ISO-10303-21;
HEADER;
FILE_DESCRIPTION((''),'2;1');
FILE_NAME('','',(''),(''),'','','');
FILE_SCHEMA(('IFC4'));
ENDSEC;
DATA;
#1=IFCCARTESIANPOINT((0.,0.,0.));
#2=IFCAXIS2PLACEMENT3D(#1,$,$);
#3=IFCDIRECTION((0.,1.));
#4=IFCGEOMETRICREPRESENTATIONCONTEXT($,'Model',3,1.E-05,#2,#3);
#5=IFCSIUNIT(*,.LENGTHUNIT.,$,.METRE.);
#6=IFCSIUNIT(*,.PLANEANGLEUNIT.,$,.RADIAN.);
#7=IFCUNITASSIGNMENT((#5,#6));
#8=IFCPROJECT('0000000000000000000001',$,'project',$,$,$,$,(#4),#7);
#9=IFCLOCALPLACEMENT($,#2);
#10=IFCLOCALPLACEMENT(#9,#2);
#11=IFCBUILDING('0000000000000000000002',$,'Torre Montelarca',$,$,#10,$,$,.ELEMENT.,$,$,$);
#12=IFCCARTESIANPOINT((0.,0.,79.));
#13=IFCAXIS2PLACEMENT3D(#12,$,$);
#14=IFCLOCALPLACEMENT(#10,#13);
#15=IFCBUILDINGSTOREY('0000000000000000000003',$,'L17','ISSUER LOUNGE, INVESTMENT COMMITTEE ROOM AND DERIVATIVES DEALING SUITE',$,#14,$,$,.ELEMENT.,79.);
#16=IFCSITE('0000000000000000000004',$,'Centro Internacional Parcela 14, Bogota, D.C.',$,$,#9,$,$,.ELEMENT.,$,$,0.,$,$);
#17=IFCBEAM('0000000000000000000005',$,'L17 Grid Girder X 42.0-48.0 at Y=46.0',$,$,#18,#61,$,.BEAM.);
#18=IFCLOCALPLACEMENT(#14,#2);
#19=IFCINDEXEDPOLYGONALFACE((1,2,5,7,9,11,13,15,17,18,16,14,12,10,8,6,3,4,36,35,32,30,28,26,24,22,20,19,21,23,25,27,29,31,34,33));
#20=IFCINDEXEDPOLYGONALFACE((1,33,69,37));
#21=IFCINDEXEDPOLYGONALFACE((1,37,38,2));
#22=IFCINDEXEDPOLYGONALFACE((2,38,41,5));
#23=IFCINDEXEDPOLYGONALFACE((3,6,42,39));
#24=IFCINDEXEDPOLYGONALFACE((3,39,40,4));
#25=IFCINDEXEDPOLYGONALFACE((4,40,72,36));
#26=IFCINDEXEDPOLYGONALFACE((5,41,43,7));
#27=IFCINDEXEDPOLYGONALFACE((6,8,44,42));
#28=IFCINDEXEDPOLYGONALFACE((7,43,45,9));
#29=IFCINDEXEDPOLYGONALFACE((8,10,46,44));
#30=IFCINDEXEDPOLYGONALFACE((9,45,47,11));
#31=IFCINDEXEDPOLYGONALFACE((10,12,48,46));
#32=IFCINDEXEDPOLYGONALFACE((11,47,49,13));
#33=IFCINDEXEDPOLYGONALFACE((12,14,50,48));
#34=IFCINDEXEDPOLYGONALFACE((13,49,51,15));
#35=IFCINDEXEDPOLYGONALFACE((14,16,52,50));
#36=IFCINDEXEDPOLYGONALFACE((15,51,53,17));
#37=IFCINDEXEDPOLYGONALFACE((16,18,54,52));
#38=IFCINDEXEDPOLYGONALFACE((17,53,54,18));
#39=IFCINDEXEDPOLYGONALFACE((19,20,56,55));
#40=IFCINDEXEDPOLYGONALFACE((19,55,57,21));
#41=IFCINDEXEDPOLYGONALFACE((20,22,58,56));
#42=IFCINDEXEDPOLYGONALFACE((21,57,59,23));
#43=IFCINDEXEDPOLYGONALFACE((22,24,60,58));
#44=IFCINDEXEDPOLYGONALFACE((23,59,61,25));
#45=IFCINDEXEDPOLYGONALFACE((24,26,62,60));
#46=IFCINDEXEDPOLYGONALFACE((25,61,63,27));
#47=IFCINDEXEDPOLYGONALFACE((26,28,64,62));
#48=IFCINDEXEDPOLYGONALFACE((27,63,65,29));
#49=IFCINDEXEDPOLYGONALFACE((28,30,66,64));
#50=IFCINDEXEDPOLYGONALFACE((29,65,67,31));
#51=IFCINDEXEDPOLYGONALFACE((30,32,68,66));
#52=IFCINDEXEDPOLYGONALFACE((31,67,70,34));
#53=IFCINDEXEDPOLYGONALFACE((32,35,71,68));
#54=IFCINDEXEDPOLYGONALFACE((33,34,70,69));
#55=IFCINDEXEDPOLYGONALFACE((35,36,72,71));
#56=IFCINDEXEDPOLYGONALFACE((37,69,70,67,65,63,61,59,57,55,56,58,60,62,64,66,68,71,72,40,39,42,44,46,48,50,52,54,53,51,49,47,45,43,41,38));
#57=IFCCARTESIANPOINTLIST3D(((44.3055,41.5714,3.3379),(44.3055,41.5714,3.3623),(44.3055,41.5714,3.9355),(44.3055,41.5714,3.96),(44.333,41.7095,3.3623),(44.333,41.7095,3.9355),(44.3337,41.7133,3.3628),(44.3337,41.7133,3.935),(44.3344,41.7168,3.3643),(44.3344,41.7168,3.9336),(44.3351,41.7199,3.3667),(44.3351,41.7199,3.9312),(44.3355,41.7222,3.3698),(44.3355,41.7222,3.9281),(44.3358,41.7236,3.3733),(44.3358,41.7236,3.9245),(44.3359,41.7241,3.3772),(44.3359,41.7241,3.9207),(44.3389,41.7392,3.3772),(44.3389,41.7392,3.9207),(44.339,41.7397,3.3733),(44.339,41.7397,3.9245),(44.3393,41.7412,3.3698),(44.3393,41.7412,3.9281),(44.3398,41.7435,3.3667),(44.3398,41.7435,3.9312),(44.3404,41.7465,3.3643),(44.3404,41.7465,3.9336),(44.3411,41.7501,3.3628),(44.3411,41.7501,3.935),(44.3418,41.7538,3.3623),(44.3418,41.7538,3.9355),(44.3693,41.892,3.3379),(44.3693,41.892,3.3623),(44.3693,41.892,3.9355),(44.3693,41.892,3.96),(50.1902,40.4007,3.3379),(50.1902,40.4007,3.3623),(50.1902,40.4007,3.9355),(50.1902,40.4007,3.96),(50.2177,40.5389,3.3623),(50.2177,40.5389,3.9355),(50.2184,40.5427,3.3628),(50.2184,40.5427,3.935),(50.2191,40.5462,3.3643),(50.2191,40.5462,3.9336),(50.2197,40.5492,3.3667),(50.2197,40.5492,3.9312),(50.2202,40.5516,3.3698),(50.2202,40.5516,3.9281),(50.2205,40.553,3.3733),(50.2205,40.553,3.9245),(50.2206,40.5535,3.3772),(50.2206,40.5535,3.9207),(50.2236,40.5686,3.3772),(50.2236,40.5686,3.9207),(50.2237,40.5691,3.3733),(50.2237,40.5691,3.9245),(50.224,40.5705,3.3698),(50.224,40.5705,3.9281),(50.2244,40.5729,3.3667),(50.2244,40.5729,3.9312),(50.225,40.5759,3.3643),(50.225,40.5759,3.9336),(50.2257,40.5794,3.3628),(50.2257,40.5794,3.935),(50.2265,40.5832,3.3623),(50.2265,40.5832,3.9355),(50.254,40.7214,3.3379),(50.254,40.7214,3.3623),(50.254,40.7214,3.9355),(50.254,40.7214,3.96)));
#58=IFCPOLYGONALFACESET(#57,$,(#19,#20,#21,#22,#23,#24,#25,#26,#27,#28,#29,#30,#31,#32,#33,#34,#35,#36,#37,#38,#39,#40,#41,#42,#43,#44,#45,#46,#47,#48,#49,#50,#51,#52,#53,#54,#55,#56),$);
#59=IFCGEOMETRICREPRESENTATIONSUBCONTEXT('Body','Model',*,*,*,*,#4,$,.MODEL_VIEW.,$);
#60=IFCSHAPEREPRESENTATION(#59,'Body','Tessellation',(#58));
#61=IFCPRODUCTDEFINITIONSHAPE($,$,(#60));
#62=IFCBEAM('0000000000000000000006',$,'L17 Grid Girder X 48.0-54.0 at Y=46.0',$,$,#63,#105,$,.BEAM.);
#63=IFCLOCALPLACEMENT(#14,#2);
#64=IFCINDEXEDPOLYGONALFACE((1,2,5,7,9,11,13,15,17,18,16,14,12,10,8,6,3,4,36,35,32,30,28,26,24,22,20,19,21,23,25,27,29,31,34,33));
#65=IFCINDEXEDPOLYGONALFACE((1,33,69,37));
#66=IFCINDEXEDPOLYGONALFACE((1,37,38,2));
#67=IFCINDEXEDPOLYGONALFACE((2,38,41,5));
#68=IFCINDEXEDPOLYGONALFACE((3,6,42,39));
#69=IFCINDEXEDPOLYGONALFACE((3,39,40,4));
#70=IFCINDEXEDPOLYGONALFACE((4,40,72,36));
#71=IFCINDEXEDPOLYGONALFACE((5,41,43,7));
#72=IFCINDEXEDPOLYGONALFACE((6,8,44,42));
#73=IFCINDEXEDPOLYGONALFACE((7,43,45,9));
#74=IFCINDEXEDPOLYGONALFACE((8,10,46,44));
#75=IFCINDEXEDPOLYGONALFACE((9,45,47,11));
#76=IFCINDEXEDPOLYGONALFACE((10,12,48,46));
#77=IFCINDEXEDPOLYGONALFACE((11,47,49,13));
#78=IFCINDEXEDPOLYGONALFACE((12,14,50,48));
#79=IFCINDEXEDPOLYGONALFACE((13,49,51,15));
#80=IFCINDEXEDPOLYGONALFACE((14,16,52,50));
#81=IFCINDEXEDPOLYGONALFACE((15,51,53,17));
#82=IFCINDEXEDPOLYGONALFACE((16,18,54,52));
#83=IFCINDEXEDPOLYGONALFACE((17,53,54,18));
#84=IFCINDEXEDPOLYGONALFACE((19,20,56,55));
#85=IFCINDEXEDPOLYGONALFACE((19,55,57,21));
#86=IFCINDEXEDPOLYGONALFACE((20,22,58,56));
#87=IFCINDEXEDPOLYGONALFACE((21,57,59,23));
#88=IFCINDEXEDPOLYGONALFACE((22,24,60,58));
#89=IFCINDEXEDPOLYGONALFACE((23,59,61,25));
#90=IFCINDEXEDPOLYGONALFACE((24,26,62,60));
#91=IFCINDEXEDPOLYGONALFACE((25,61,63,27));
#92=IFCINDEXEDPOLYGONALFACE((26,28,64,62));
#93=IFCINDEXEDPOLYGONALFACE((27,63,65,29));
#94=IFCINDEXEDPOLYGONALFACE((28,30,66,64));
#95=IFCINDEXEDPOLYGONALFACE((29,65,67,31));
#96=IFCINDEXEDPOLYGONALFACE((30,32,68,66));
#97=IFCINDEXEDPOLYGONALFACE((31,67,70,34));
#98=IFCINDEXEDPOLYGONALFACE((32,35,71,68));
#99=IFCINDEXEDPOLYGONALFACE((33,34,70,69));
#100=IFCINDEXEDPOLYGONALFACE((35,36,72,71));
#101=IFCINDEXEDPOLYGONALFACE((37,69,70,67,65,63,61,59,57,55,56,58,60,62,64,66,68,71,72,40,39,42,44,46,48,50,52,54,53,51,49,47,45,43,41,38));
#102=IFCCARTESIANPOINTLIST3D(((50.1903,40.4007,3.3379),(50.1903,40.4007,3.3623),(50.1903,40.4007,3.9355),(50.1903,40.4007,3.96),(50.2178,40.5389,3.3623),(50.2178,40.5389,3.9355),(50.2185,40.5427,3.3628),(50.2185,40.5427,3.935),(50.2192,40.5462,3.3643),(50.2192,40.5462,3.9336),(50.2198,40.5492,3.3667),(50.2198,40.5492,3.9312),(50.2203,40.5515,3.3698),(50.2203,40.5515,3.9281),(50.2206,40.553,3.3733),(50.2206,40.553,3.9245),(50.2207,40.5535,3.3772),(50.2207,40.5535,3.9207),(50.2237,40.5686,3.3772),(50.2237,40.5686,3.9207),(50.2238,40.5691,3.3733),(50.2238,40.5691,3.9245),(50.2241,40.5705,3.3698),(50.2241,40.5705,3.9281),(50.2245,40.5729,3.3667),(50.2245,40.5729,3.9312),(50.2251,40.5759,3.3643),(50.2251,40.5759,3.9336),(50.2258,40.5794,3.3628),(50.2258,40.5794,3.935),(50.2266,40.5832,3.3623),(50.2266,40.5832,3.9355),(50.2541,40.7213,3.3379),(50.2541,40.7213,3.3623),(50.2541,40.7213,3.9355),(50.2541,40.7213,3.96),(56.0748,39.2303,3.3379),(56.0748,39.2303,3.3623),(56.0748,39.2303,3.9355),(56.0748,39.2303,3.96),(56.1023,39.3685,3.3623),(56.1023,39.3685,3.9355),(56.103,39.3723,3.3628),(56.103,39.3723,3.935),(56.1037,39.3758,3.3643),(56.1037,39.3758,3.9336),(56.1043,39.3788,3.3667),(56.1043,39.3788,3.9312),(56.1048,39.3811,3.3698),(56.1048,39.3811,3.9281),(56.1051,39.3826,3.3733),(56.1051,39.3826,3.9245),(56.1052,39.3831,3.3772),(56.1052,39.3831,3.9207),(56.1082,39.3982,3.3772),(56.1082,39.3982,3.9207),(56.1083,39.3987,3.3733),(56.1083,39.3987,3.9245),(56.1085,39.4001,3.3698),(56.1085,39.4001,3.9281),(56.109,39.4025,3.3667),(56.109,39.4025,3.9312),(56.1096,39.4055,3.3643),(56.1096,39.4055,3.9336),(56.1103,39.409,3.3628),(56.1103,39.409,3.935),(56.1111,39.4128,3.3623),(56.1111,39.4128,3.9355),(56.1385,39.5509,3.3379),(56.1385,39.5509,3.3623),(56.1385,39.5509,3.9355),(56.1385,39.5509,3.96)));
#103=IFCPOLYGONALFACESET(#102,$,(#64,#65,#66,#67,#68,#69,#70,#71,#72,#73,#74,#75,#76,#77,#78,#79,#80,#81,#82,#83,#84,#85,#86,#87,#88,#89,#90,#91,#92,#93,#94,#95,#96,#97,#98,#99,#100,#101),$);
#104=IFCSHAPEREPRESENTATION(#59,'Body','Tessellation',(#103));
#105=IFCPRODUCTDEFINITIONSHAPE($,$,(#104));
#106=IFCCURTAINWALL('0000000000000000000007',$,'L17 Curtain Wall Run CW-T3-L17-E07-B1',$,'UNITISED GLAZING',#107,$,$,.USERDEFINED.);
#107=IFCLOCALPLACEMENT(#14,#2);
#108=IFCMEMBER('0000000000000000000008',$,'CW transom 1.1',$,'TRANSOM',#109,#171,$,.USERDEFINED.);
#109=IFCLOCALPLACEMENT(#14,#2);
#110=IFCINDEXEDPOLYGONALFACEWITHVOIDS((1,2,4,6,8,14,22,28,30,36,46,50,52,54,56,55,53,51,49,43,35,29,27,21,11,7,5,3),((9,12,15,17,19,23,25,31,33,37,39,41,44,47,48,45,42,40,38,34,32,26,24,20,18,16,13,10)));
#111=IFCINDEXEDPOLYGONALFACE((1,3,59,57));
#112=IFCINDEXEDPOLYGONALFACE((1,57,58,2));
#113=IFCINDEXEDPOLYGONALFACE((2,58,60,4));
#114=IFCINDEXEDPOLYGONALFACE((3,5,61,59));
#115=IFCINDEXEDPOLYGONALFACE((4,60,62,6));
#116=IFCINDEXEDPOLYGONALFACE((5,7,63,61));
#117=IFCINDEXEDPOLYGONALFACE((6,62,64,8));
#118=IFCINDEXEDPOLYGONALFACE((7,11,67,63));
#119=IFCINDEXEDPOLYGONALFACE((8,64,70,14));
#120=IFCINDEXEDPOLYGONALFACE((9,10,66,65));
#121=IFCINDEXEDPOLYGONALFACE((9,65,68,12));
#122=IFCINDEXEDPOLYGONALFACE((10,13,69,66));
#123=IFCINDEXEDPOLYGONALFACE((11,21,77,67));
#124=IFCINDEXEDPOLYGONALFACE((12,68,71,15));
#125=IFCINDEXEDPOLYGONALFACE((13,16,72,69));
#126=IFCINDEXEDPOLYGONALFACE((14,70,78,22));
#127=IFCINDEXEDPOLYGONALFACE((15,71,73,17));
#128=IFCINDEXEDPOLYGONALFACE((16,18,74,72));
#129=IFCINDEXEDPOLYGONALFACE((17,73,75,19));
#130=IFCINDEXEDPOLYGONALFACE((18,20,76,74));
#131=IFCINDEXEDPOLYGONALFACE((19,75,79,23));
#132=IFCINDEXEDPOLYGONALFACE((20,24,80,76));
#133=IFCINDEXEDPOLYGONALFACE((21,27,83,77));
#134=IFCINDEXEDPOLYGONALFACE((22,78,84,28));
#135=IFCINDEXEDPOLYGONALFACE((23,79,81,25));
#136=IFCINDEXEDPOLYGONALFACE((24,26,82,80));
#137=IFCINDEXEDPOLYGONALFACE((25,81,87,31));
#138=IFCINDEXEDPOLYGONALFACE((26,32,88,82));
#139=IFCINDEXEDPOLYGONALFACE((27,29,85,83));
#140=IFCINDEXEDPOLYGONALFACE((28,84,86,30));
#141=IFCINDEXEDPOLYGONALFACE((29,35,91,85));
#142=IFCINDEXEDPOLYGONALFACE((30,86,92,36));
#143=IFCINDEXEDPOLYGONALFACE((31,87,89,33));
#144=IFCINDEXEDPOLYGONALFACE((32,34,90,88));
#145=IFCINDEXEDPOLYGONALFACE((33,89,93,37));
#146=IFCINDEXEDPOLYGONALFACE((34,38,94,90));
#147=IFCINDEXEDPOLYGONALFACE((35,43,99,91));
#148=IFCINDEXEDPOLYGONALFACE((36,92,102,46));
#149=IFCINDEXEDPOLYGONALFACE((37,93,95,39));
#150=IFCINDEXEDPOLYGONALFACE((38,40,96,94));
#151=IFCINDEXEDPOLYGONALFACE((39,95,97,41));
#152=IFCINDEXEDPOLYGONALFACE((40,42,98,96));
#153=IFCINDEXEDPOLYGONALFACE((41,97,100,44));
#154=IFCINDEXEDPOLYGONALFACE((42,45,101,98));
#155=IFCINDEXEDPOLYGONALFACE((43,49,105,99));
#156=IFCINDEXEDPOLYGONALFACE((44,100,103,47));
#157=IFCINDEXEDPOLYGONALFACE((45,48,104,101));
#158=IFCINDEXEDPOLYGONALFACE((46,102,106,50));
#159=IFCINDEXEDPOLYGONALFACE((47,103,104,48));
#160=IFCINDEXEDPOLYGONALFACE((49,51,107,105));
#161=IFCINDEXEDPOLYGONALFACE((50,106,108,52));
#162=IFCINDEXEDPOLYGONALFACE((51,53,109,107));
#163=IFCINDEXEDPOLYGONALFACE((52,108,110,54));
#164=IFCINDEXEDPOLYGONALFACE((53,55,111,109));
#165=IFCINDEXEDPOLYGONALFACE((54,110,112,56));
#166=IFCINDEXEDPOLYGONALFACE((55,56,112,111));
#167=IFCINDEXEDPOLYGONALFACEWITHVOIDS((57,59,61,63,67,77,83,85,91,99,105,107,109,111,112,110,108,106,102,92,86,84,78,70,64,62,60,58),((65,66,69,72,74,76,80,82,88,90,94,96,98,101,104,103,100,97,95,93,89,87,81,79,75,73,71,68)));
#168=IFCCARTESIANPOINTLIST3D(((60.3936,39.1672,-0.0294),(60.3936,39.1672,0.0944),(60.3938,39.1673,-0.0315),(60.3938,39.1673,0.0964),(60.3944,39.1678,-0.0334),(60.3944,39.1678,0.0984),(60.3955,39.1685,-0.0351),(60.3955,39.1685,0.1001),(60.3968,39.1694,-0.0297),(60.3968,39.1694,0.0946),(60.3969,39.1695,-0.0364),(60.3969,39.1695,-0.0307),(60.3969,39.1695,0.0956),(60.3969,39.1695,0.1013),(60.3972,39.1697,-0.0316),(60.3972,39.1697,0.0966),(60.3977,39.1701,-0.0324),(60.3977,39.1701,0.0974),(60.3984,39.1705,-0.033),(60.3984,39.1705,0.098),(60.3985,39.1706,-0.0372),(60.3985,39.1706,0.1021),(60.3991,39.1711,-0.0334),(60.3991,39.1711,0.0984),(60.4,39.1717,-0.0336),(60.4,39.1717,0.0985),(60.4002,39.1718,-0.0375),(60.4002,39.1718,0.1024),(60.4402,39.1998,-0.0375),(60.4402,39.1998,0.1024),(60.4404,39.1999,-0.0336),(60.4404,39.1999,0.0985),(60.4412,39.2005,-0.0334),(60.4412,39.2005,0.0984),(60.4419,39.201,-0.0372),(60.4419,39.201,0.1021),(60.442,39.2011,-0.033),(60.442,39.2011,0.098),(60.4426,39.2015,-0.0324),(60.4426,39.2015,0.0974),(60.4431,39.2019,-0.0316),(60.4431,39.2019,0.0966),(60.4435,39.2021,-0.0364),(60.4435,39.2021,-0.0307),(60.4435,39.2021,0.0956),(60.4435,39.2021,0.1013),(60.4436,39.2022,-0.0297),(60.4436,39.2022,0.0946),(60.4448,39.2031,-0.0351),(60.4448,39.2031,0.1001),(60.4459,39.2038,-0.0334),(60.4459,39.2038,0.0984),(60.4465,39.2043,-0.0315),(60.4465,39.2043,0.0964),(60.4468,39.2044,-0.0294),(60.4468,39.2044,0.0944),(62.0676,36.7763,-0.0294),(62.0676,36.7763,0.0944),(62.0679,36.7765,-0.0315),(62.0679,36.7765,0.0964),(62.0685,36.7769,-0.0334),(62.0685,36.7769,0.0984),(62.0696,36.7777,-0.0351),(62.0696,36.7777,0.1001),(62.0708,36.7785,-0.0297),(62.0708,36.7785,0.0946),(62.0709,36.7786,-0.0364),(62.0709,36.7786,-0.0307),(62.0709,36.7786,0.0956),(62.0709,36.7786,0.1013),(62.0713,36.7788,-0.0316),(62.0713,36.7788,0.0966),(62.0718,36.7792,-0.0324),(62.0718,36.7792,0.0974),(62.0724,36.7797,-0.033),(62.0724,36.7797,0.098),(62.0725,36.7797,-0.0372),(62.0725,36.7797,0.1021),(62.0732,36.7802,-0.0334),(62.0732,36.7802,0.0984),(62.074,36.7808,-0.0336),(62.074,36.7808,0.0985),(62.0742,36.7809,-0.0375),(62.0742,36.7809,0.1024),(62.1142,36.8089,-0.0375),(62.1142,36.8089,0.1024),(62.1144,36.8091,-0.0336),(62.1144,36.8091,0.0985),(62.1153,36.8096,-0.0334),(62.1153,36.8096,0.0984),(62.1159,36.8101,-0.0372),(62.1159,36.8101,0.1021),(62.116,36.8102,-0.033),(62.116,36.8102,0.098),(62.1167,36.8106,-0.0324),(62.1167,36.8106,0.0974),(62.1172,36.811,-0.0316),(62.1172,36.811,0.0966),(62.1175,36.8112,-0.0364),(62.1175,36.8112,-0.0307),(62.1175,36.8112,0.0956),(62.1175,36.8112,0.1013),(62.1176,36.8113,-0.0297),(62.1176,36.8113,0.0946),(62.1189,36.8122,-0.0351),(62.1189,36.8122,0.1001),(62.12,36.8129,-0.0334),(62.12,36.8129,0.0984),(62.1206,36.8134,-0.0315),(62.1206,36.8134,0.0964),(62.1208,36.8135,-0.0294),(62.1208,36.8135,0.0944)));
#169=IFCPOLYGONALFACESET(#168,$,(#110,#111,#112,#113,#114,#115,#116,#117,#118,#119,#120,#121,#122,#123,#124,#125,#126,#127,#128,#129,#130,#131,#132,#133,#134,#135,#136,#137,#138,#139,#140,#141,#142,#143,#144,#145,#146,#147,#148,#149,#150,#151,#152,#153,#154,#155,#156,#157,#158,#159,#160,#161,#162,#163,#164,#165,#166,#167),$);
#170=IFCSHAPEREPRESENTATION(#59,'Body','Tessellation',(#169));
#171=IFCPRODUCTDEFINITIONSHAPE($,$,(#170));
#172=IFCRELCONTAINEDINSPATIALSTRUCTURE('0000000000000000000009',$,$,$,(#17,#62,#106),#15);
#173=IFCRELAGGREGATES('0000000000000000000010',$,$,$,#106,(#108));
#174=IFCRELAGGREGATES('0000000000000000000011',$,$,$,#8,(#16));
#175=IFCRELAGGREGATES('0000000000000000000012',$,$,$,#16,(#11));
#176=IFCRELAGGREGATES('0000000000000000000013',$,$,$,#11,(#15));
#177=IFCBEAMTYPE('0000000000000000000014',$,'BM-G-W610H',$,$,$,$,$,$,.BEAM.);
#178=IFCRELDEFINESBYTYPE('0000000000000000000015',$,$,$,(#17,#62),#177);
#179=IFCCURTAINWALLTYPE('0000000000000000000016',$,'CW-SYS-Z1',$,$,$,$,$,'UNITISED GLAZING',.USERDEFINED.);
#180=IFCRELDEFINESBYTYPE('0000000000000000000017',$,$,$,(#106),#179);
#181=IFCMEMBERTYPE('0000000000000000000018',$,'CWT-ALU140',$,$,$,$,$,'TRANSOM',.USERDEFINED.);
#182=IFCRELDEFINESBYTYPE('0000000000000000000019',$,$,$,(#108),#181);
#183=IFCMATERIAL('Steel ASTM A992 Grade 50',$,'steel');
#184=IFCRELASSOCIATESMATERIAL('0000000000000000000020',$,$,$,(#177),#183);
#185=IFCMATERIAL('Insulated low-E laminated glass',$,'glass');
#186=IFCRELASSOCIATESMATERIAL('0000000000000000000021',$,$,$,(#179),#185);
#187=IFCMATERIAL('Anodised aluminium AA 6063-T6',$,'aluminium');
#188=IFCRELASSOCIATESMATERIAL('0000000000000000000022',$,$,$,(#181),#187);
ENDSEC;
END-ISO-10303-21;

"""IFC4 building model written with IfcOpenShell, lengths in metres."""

from ifc_helpers import new_model, si_unit, direction, frame, origin, origin_2d, place, context, subcontext, project, spatial, hollow_rectangle, i_section, extrude, source, transform, mapped, material, material_profile, profile_set, type_object, element, aggregate, save


model = new_model("IFC4")

# Units and contexts
model_context = context("Model", 3, precision=1e-05, world=origin(), true_north=direction((0.0, 1.0)))
body_context = subcontext(model_context, "Body", "Model", "MODEL_VIEW")
ifc_project = project(units=[si_unit("LENGTHUNIT", "METRE"), si_unit("PLANEANGLEUNIT", "RADIAN")], contexts=[model_context])

# Site, building, storey
site_placement = place(None, origin())
site = spatial("IfcSite", under=ifc_project, at=site_placement, Name="Centro Internacional Parcela 14, Bogota, D.C.", CompositionType="ELEMENT", RefElevation=0.0)
building_placement = place(site_placement, origin())
building = spatial("IfcBuilding", under=site, at=building_placement, Name="Torre Montelarca", CompositionType="ELEMENT")
storey_placement = place(building_placement, frame((0.0, 0.0, 79.0)))
storey = spatial("IfcBuildingStorey", under=building, at=storey_placement, Name="L17", Description="ISSUER LOUNGE, INVESTMENT COMMITTEE ROOM AND DERIVATIVES DEALING SUITE", CompositionType="ELEMENT", Elevation=79.0)

# Shared definitions
ifc_material_1 = material(Name="Steel ASTM A992 Grade 50", Category="steel")

# Beams
ifc_material_profile_1 = material_profile(ifc_material_1, i_section(OverallWidth=0.3269, OverallDepth=0.6221, WebThickness=0.0154, FlangeThickness=0.0244, FilletRadius=0.0149, at=origin_2d()), Name="W610X195", Category="steel")
ifc_profile_set_1 = profile_set([ifc_material_profile_1], Name="Steel ASTM A992 Grade 50")
beam_type = type_object("IfcBeamType", Name="BM-G-W610H", PredefinedType="BEAM", material=ifc_profile_set_1)
shared_shape_1 = source(origin(), body_context, "Body", "SweptSolid", [
    extrude(i_section(OverallWidth=0.3269, OverallDepth=0.6221, WebThickness=0.0154, FlangeThickness=0.0244, FilletRadius=0.0149, at=origin_2d()), origin(), (0.0, 0.0, 1.0), 6.0),
])
beam_1_placement = place(storey_placement, frame((44.3374, 41.7317, 3.6489), z_axis=(0.980782, -0.195107, 0.0), x_axis=(0.195107, 0.980782, 0.0)))
element("IfcBeam", 1, at=beam_1_placement, inside=storey, type_object=beam_type, Name="L17 Grid Girder X 42.0-48.0 at Y=46.0", PredefinedType="BEAM", context=body_context, shape_type="MappedRepresentation", body=[
    mapped(shared_shape_1, transform((0.0, 0.0, 0.0), scale=1.0)),
])
shared_shape_2 = source(origin(), body_context, "Body", "SweptSolid", [
    extrude(i_section(OverallWidth=0.3269, OverallDepth=0.6221, WebThickness=0.0154, FlangeThickness=0.0244, FilletRadius=0.0149, at=origin_2d()), origin(), (0.0, 0.0, 1.0), 5.9998),
])
beam_2_placement = place(storey_placement, frame((50.2222, 40.561, 3.6489), z_axis=(0.980788, -0.195075, 0.0), x_axis=(0.195075, 0.980788, 0.0)))
element("IfcBeam", 2, at=beam_2_placement, inside=storey, type_object=beam_type, Name="L17 Grid Girder X 48.0-54.0 at Y=46.0", PredefinedType="BEAM", context=body_context, shape_type="MappedRepresentation", body=[
    mapped(shared_shape_2, transform((0.0, 0.0, 0.0), scale=1.0)),
])

# Curtain wall, member
ifc_material_2 = material(Name="Insulated low-E laminated glass", Category="glass")
curtain_wall_type = type_object("IfcCurtainWallType", Name="CW-SYS-Z1", ElementType="UNITISED GLAZING", PredefinedType="USERDEFINED", material=ifc_material_2)
curtain_wall_1_placement = place(storey_placement, origin())
curtain_wall_1 = element("IfcCurtainWall", 3, at=curtain_wall_1_placement, inside=storey, type_object=curtain_wall_type, Name="L17 Curtain Wall Run CW-T3-L17-E07-B1", ObjectType="UNITISED GLAZING", PredefinedType="USERDEFINED")
ifc_material_3 = material(Name="Anodised aluminium AA 6063-T6", Category="aluminium")
ifc_material_profile_2 = material_profile(ifc_material_3, hollow_rectangle(XDim=0.0649, YDim=0.1399, WallThickness=0.0039, InnerFilletRadius=0.0039, OuterFilletRadius=0.0081, at=origin_2d()), Name="ALU65X140X4", Category="aluminium")
ifc_profile_set_2 = profile_set([ifc_material_profile_2], Name="Anodised aluminium AA 6063-T6")
member_type_1 = type_object("IfcMemberType", Name="CWT-ALU140", ElementType="TRANSOM", PredefinedType="USERDEFINED", material=ifc_profile_set_2)
shared_shape_3 = source(origin(), body_context, "Body", "SweptSolid", [
    extrude(hollow_rectangle(XDim=0.0649, YDim=0.1399, WallThickness=0.0039, InnerFilletRadius=0.0039, OuterFilletRadius=0.0081, at=origin_2d()), origin(), (0.0, 0.0, 1.0), 2.9187),
])
member_1_placement = place(storey_placement, frame((62.0942, 36.7949, 0.0325), z_axis=(-0.573569, 0.819157, 0.0), x_axis=(-0.819157, -0.573569, 0.0)))
member_1 = element("IfcMember", 4, at=member_1_placement, type_object=member_type_1, Name="CW transom 1.1", ObjectType="TRANSOM", PredefinedType="USERDEFINED", context=body_context, shape_type="MappedRepresentation", body=[
    mapped(shared_shape_3, transform((0.0, 0.0, 0.0), scale=1.0)),
])

aggregate(curtain_wall_1, [member_1])

save(model, "model.ifc")
